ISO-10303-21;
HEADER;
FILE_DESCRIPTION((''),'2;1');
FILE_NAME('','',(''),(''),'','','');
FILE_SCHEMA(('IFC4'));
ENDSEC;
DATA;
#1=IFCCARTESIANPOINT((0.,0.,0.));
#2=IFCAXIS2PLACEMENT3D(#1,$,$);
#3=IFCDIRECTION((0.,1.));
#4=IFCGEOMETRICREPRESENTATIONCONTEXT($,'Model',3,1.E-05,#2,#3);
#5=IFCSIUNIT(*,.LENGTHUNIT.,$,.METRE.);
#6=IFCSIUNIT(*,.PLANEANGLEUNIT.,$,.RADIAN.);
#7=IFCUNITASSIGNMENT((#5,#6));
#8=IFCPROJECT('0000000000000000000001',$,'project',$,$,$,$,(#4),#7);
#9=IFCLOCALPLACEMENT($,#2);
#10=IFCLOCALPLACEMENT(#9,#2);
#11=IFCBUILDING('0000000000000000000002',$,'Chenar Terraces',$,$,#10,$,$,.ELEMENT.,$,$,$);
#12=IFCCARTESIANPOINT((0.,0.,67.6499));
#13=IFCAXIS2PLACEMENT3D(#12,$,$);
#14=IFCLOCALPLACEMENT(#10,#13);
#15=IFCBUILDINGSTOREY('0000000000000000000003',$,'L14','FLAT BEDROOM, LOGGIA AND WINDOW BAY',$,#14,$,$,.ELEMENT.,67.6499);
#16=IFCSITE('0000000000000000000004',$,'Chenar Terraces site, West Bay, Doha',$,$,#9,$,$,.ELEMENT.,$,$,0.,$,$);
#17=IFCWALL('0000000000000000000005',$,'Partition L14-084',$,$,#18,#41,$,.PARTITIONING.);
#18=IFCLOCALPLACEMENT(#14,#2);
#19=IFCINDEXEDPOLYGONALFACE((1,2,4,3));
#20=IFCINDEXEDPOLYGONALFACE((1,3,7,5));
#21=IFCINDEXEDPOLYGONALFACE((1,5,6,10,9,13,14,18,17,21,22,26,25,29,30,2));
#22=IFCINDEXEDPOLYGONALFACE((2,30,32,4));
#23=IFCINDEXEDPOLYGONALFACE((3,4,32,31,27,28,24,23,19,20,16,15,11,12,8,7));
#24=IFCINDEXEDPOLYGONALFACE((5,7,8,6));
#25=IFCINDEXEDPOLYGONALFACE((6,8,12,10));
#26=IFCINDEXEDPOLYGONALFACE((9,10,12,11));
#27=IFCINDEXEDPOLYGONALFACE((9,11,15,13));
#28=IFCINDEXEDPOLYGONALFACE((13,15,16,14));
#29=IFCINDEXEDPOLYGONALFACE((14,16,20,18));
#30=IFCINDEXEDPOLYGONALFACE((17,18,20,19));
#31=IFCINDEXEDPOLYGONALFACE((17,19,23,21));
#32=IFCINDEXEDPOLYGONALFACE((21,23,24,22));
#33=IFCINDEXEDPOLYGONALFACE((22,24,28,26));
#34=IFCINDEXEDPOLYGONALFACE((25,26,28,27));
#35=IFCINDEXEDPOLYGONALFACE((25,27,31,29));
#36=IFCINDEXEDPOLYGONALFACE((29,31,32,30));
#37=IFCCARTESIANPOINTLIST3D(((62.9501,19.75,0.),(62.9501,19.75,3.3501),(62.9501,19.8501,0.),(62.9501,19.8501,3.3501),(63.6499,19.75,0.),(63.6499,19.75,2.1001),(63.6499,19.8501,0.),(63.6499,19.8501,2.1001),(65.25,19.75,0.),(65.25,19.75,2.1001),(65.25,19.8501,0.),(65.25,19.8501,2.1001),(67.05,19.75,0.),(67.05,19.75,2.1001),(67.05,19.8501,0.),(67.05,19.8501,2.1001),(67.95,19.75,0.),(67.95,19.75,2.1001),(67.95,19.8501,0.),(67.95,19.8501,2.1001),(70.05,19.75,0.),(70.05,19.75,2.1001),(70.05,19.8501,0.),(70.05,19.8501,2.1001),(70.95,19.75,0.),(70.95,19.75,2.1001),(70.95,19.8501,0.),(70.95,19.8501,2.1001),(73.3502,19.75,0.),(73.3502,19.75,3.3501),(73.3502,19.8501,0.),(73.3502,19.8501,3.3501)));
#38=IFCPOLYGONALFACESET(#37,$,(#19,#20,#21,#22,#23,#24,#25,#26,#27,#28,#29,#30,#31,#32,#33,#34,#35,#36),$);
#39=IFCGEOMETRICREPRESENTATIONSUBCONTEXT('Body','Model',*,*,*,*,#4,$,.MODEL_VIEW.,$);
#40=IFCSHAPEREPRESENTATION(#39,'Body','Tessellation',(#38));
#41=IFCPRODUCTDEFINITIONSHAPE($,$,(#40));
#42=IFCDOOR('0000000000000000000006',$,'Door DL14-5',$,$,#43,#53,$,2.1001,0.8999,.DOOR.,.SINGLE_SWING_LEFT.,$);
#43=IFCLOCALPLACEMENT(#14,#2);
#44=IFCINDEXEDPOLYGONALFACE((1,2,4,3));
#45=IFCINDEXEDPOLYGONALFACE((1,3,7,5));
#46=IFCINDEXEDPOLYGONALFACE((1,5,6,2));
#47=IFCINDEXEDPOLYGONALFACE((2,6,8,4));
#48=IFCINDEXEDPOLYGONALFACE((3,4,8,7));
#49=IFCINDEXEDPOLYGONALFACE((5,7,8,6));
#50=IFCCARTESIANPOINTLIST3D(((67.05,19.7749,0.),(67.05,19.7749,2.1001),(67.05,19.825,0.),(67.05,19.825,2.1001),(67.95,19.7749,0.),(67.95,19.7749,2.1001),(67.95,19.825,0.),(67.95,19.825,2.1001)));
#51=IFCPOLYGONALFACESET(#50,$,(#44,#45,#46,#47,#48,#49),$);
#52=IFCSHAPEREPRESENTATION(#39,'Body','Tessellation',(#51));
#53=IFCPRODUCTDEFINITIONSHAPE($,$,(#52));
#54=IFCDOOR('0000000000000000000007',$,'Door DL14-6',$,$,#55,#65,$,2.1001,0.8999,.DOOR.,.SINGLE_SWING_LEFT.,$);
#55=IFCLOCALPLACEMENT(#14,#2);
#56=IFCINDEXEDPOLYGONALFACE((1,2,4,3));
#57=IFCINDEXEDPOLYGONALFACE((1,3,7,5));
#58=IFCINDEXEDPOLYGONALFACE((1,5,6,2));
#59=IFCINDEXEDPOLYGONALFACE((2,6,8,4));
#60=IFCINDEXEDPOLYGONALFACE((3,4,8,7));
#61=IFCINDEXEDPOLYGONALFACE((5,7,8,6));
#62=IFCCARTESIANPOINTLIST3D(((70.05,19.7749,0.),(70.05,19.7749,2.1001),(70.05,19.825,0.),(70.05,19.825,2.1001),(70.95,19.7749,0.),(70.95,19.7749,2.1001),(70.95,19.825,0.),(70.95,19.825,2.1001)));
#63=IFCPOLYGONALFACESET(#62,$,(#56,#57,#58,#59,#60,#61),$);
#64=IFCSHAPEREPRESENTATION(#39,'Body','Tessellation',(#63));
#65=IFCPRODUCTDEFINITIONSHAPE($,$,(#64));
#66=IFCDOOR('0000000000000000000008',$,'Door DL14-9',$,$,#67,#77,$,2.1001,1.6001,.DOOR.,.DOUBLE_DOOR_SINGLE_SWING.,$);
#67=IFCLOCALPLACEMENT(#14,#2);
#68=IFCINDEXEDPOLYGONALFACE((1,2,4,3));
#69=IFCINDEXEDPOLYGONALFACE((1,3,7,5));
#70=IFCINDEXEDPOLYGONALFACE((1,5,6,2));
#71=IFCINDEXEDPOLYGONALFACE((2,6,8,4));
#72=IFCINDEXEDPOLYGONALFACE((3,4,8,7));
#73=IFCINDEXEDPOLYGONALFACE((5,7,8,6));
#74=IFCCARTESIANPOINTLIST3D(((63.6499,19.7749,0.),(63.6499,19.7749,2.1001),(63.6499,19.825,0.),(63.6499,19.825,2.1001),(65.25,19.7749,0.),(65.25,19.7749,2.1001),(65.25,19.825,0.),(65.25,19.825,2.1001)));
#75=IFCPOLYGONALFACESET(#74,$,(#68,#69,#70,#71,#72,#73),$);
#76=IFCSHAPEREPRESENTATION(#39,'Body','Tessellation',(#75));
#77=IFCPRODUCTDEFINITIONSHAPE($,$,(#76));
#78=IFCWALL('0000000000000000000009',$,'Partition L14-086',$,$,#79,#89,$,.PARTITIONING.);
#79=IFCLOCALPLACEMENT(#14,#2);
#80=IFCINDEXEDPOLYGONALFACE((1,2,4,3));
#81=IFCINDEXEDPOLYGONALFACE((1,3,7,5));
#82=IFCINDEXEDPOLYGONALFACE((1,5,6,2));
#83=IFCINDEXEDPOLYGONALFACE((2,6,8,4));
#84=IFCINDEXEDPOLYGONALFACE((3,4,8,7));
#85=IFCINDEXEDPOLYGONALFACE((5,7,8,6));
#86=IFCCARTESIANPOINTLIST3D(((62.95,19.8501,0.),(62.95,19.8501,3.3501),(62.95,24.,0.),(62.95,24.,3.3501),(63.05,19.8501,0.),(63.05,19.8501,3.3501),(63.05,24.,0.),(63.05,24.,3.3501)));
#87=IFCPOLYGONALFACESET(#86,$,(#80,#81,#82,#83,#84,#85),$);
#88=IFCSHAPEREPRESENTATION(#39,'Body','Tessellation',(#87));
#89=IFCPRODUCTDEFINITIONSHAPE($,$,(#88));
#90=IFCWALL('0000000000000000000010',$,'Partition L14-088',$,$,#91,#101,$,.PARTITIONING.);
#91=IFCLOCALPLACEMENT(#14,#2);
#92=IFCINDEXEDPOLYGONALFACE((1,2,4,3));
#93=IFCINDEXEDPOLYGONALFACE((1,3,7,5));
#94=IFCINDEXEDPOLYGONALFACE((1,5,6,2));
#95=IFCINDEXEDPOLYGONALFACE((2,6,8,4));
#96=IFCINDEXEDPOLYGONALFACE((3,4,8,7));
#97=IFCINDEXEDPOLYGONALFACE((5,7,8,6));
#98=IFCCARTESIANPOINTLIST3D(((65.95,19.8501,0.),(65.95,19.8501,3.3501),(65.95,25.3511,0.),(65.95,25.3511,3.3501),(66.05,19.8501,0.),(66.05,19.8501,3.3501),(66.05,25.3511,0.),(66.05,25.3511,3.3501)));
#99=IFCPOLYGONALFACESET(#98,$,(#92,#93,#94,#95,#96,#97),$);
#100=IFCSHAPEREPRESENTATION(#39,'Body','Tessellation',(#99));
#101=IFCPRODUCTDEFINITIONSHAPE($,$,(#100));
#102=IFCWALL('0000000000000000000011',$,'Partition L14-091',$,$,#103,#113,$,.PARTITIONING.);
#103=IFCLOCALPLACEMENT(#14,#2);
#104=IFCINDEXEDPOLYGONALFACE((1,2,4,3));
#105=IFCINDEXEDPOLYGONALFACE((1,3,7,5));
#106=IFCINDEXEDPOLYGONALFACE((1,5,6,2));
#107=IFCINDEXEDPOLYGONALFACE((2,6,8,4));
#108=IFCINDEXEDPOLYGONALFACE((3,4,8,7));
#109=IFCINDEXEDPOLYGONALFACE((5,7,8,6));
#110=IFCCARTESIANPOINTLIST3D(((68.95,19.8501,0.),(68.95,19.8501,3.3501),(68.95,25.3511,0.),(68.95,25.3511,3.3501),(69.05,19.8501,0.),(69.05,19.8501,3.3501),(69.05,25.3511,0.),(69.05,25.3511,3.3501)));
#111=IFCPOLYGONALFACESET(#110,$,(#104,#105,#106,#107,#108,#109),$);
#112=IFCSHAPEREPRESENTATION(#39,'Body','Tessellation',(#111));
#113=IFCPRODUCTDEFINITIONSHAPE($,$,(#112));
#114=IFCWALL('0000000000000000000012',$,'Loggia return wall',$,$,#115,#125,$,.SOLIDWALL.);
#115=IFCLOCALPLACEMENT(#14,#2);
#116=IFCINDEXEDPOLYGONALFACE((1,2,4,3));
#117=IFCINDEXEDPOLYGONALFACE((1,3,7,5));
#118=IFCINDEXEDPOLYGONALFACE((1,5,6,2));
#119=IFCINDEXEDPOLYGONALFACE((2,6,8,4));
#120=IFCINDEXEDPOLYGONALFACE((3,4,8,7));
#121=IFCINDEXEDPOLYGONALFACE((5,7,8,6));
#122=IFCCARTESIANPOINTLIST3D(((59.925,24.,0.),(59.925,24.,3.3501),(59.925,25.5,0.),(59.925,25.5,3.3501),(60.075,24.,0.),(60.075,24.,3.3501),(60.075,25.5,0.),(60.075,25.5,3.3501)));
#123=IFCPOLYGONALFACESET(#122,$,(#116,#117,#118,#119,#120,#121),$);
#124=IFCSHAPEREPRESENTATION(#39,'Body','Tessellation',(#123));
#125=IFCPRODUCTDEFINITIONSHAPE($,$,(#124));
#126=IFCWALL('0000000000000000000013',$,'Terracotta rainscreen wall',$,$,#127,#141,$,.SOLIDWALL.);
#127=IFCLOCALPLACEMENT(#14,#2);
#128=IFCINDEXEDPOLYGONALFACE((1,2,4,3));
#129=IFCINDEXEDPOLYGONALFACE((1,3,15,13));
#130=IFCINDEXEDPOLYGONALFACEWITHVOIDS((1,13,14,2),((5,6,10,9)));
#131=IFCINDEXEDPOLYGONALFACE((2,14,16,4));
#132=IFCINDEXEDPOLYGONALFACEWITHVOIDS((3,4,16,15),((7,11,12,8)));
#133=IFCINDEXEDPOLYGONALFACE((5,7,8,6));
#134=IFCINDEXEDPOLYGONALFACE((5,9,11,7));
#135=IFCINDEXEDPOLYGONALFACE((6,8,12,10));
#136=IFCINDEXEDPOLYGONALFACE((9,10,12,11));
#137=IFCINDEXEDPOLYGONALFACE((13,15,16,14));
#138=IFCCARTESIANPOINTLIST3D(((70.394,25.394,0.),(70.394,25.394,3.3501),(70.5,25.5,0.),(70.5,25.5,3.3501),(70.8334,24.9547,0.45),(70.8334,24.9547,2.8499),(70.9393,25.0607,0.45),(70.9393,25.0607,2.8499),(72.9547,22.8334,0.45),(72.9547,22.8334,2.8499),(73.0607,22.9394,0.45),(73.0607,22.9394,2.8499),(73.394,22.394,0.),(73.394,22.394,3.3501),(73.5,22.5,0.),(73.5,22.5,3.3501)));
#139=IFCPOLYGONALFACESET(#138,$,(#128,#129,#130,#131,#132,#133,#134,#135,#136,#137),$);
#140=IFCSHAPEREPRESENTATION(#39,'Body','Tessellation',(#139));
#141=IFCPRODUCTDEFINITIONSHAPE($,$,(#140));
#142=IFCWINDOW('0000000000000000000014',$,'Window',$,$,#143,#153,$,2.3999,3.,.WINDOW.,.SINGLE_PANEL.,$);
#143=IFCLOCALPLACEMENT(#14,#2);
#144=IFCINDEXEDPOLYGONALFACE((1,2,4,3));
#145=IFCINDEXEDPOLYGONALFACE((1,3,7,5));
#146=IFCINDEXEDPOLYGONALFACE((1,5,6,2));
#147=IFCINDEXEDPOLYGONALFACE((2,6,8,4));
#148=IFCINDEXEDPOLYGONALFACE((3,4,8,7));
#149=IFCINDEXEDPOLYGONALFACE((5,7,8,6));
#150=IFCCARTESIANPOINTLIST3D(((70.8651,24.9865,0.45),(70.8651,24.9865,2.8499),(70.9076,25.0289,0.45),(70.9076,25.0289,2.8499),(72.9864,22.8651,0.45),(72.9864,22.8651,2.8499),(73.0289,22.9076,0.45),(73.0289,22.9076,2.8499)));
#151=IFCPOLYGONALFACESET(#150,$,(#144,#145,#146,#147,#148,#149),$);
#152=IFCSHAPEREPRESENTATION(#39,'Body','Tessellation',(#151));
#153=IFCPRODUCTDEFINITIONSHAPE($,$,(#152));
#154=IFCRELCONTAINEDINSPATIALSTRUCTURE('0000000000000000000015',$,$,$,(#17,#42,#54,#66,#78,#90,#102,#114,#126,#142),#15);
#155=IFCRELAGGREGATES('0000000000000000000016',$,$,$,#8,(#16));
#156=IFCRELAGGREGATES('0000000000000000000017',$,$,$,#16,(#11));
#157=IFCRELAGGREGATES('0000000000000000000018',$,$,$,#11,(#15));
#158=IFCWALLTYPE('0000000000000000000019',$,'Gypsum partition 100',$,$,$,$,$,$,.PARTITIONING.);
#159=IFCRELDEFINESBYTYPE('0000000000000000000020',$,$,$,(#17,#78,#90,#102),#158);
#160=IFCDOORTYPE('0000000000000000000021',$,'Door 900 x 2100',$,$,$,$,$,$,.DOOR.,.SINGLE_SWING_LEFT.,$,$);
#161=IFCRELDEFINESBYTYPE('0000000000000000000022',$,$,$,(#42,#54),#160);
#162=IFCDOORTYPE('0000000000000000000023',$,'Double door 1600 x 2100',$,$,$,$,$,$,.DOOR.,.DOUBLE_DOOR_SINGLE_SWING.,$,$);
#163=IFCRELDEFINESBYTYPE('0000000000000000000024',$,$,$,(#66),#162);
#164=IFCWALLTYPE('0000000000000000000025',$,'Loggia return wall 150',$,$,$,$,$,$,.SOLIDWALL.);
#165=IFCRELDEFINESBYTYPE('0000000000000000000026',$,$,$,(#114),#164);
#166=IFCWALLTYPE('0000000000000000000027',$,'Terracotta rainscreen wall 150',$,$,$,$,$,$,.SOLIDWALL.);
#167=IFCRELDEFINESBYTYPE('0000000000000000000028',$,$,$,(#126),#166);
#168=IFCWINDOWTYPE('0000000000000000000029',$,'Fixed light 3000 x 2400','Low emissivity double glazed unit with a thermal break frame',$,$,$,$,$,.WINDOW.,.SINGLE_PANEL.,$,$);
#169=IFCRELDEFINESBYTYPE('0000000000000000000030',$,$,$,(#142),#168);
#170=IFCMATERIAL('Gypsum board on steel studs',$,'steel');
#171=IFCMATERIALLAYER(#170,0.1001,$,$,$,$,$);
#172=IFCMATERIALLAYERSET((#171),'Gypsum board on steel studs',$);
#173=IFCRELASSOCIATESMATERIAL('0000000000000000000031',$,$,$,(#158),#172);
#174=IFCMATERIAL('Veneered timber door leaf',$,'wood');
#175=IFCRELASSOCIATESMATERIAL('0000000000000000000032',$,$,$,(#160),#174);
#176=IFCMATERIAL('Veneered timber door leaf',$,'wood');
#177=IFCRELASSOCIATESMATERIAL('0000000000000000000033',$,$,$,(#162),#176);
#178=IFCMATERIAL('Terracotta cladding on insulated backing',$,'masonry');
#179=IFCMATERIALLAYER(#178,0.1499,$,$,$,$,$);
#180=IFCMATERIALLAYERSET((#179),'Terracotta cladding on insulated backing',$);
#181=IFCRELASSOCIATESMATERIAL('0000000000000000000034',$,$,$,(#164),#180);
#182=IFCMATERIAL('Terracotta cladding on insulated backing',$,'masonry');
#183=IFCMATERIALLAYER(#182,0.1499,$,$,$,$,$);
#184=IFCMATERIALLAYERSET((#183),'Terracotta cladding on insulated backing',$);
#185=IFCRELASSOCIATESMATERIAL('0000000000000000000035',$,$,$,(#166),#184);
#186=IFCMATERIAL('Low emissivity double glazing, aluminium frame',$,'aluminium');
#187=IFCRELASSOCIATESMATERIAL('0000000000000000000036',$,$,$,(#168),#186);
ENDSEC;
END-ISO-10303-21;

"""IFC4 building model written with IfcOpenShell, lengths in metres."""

from ifc_helpers import new_model, si_unit, direction, frame, frame_2d, origin, place, context, subcontext, project, spatial, rectangle, extrude, material, layer, layer_set, type_object, element, fill, save


model = new_model("IFC4")

# Units and contexts
model_context = context("Model", 3, precision=1e-05, world=origin(), true_north=direction((0.0, 1.0)))
body_context = subcontext(model_context, "Body", "Model", "MODEL_VIEW")
ifc_project = project(units=[si_unit("LENGTHUNIT", "METRE"), si_unit("PLANEANGLEUNIT", "RADIAN")], contexts=[model_context])

# Site, building, storey
site_placement = place(None, origin())
site = spatial("IfcSite", under=ifc_project, at=site_placement, Name="Chenar Terraces site, West Bay, Doha", CompositionType="ELEMENT", RefElevation=0.0)
building_placement = place(site_placement, origin())
building = spatial("IfcBuilding", under=site, at=building_placement, Name="Chenar Terraces", CompositionType="ELEMENT")
storey_placement = place(building_placement, frame((0.0, 0.0, 67.6499)))
storey = spatial("IfcBuildingStorey", under=building, at=storey_placement, Name="L14", Description="FLAT BEDROOM, LOGGIA AND WINDOW BAY", CompositionType="ELEMENT", Elevation=67.6499)

# Wall, openings, doors
ifc_material_1 = material(Name="Gypsum board on steel studs", Category="steel")
ifc_layer_1 = layer(ifc_material_1, 0.1001)
ifc_layer_set_1 = layer_set([ifc_layer_1], Name="Gypsum board on steel studs")
wall_type_1 = type_object("IfcWallType", Name="Gypsum partition 100", PredefinedType="PARTITIONING", material=ifc_layer_set_1)
wall_1_placement = place(storey_placement, frame((62.95, 19.8, 0.0), z_axis=(0.0, 0.0, 1.0), x_axis=(1.0, 0.0, 0.0)))
wall_1 = element("IfcWall", 1, at=wall_1_placement, inside=storey, type_object=wall_type_1, Name="Partition L14-084", PredefinedType="PARTITIONING", context=body_context, shape_type="SweptSolid", body=[
    extrude(rectangle(XDim=10.4001, YDim=0.1001, at=frame_2d((5.2002, 0.0))), origin(), (0.0, 0.0, 1.0), 3.3501),
])
opening_1_placement = place(wall_1_placement, frame((4.1001, 0.0, 0.0)))
opening_1 = element("IfcOpeningElement", 2, at=opening_1_placement, cuts=wall_1, PredefinedType="OPENING", context=body_context, shape_type="SweptSolid", body=[
    extrude(rectangle(XDim=0.8999, YDim=2.1001, at=frame_2d((0.45, 1.05))), frame((0.0, 0.0601, 0.0), z_axis=(0.0, -1.0, 0.0), x_axis=(1.0, 0.0, 0.0)), (0.0, 0.0, 1.0), 0.1201),
])
opening_2_placement = place(wall_1_placement, frame((7.1001, 0.0, 0.0)))
opening_2 = element("IfcOpeningElement", 3, at=opening_2_placement, cuts=wall_1, PredefinedType="OPENING", context=body_context, shape_type="SweptSolid", body=[
    extrude(rectangle(XDim=0.8999, YDim=2.1001, at=frame_2d((0.45, 1.05))), frame((0.0, 0.0601, 0.0), z_axis=(0.0, -1.0, 0.0), x_axis=(1.0, 0.0, 0.0)), (0.0, 0.0, 1.0), 0.1201),
])
opening_3_placement = place(wall_1_placement, frame((0.7, 0.0, 0.0)))
opening_3 = element("IfcOpeningElement", 4, at=opening_3_placement, cuts=wall_1, PredefinedType="OPENING", context=body_context, shape_type="SweptSolid", body=[
    extrude(rectangle(XDim=1.6001, YDim=2.1001, at=frame_2d((0.8, 1.05))), frame((0.0, 0.0601, 0.0), z_axis=(0.0, -1.0, 0.0), x_axis=(1.0, 0.0, 0.0)), (0.0, 0.0, 1.0), 0.1201),
])
ifc_material_2 = material(Name="Veneered timber door leaf", Category="wood")
door_type_1 = type_object("IfcDoorType", Name="Door 900 x 2100", OperationType="SINGLE_SWING_LEFT", PredefinedType="DOOR", material=ifc_material_2)
door_1_placement = place(opening_1_placement, origin())
door_1 = element("IfcDoor", 5, at=door_1_placement, inside=storey, type_object=door_type_1, Name="Door DL14-5", OperationType="SINGLE_SWING_LEFT", OverallHeight=2.1001, OverallWidth=0.8999, PredefinedType="DOOR", context=body_context, shape_type="SweptSolid", body=[
    extrude(rectangle(XDim=0.8999, YDim=2.1001, at=frame_2d((0.45, 1.05))), frame((0.0, 0.0249, 0.0), z_axis=(0.0, -1.0, 0.0), x_axis=(1.0, 0.0, 0.0)), (0.0, 0.0, 1.0), 0.05),
])
fill(opening_1, door_1)
door_2_placement = place(opening_2_placement, origin())
door_2 = element("IfcDoor", 6, at=door_2_placement, inside=storey, type_object=door_type_1, Name="Door DL14-6", OperationType="SINGLE_SWING_LEFT", OverallHeight=2.1001, OverallWidth=0.8999, PredefinedType="DOOR", context=body_context, shape_type="SweptSolid", body=[
    extrude(rectangle(XDim=0.8999, YDim=2.1001, at=frame_2d((0.45, 1.05))), frame((0.0, 0.0249, 0.0), z_axis=(0.0, -1.0, 0.0), x_axis=(1.0, 0.0, 0.0)), (0.0, 0.0, 1.0), 0.05),
])
fill(opening_2, door_2)
ifc_material_3 = material(Name="Veneered timber door leaf", Category="wood")
door_type_2 = type_object("IfcDoorType", Name="Double door 1600 x 2100", OperationType="DOUBLE_DOOR_SINGLE_SWING", PredefinedType="DOOR", material=ifc_material_3)
door_3_placement = place(opening_3_placement, origin())
door_3 = element("IfcDoor", 7, at=door_3_placement, inside=storey, type_object=door_type_2, Name="Door DL14-9", OperationType="DOUBLE_DOOR_SINGLE_SWING", OverallHeight=2.1001, OverallWidth=1.6001, PredefinedType="DOOR", context=body_context, shape_type="SweptSolid", body=[
    extrude(rectangle(XDim=1.6001, YDim=2.1001, at=frame_2d((0.8, 1.05))), frame((0.0, 0.0249, 0.0), z_axis=(0.0, -1.0, 0.0), x_axis=(1.0, 0.0, 0.0)), (0.0, 0.0, 1.0), 0.05),
])
fill(opening_3, door_3)

# Walls
wall_2_placement = place(storey_placement, frame((63.0, 19.8501, 0.0), z_axis=(0.0, 0.0, 1.0), x_axis=(0.0, 1.0, 0.0)))
element("IfcWall", 8, at=wall_2_placement, inside=storey, type_object=wall_type_1, Name="Partition L14-086", PredefinedType="PARTITIONING", context=body_context, shape_type="SweptSolid", body=[
    extrude(rectangle(XDim=4.1499, YDim=0.1001, at=frame_2d((2.075, 0.0))), origin(), (0.0, 0.0, 1.0), 3.3501),
])
for number, where, z_axis, x_axis, name in (
    (9, (66.0, 19.8501, 0.0), (0.0, 0.0, 1.0), (0.0, 1.0, 0.0), "Partition L14-088"),
    (10, (69.0, 19.8501, 0.0), (0.0, 0.0, 1.0), (0.0, 1.0, 0.0), "Partition L14-091"),
):
    element("IfcWall", number, at=place(storey_placement, frame(where, z_axis=z_axis, x_axis=x_axis)), inside=storey, type_object=wall_type_1, Name=name, PredefinedType="PARTITIONING", context=body_context, shape_type="SweptSolid", body=[
        extrude(rectangle(XDim=5.501, YDim=0.1001, at=frame_2d((2.7505, 0.0))), origin(), (0.0, 0.0, 1.0), 3.3501),
    ])
ifc_material_4 = material(Name="Terracotta cladding on insulated backing", Category="masonry")
ifc_layer_2 = layer(ifc_material_4, 0.1499)
ifc_layer_set_2 = layer_set([ifc_layer_2], Name="Terracotta cladding on insulated backing")
wall_type_2 = type_object("IfcWallType", Name="Loggia return wall 150", PredefinedType="SOLIDWALL", material=ifc_layer_set_2)
wall_3_placement = place(storey_placement, frame((60.0, 25.5, 0.0), z_axis=(0.0, 0.0, 1.0), x_axis=(0.0, -1.0, 0.0)))
element("IfcWall", 11, at=wall_3_placement, inside=storey, type_object=wall_type_2, Name="Loggia return wall", PredefinedType="SOLIDWALL", context=body_context, shape_type="SweptSolid", body=[
    extrude(rectangle(XDim=1.5, YDim=0.1499, at=frame_2d((0.75, 0.0))), origin(), (0.0, 0.0, 1.0), 3.3501),
])

# Wall, opening, window
ifc_material_5 = material(Name="Terracotta cladding on insulated backing", Category="masonry")
ifc_layer_3 = layer(ifc_material_5, 0.1499)
ifc_layer_set_3 = layer_set([ifc_layer_3], Name="Terracotta cladding on insulated backing")
wall_type_3 = type_object("IfcWallType", Name="Terracotta rainscreen wall 150", PredefinedType="SOLIDWALL", material=ifc_layer_set_3)
wall_4_placement = place(storey_placement, frame((73.447, 22.447, 0.0), z_axis=(0.0, 0.0, 1.0), x_axis=(-0.707107, 0.707107, 0.0)))
wall_4 = element("IfcWall", 12, at=wall_4_placement, inside=storey, type_object=wall_type_3, Name="Terracotta rainscreen wall", PredefinedType="SOLIDWALL", context=body_context, shape_type="SweptSolid", body=[
    extrude(rectangle(XDim=4.2427, YDim=0.1499, at=frame_2d((2.1213, 0.0))), origin(), (0.0, 0.0, 1.0), 3.3501),
])
opening_4_placement = place(wall_4_placement, frame((0.6213, 0.0, 0.45)))
opening_4 = element("IfcOpeningElement", 13, at=opening_4_placement, cuts=wall_4, PredefinedType="OPENING", context=body_context, shape_type="SweptSolid", body=[
    extrude(rectangle(XDim=3.0, YDim=2.3999, at=frame_2d((1.5, 1.2))), frame((0.0, 0.085, 0.0), z_axis=(0.0, -1.0, 0.0), x_axis=(1.0, 0.0, 0.0)), (0.0, 0.0, 1.0), 0.1699),
])
ifc_material_6 = material(Name="Low emissivity double glazing, aluminium frame", Category="aluminium")
window_type_1 = type_object("IfcWindowType", Name="Fixed light 3000 x 2400", Description="Low emissivity double glazed unit with a thermal break frame", PartitioningType="SINGLE_PANEL", PredefinedType="WINDOW", material=ifc_material_6)
window_1_placement = place(opening_4_placement, origin())
window_1 = element("IfcWindow", 14, at=window_1_placement, inside=storey, type_object=window_type_1, Name="Window", OverallHeight=2.3999, OverallWidth=3.0, PartitioningType="SINGLE_PANEL", PredefinedType="WINDOW", context=body_context, shape_type="SweptSolid", body=[
    extrude(rectangle(XDim=3.0, YDim=2.3999, at=frame_2d((1.5, 1.2))), frame((0.0, 0.03, 0.0), z_axis=(0.0, -1.0, 0.0), x_axis=(1.0, 0.0, 0.0)), (0.0, 0.0, 1.0), 0.0601),
])
fill(opening_4, window_1)

save(model, "model.ifc")
